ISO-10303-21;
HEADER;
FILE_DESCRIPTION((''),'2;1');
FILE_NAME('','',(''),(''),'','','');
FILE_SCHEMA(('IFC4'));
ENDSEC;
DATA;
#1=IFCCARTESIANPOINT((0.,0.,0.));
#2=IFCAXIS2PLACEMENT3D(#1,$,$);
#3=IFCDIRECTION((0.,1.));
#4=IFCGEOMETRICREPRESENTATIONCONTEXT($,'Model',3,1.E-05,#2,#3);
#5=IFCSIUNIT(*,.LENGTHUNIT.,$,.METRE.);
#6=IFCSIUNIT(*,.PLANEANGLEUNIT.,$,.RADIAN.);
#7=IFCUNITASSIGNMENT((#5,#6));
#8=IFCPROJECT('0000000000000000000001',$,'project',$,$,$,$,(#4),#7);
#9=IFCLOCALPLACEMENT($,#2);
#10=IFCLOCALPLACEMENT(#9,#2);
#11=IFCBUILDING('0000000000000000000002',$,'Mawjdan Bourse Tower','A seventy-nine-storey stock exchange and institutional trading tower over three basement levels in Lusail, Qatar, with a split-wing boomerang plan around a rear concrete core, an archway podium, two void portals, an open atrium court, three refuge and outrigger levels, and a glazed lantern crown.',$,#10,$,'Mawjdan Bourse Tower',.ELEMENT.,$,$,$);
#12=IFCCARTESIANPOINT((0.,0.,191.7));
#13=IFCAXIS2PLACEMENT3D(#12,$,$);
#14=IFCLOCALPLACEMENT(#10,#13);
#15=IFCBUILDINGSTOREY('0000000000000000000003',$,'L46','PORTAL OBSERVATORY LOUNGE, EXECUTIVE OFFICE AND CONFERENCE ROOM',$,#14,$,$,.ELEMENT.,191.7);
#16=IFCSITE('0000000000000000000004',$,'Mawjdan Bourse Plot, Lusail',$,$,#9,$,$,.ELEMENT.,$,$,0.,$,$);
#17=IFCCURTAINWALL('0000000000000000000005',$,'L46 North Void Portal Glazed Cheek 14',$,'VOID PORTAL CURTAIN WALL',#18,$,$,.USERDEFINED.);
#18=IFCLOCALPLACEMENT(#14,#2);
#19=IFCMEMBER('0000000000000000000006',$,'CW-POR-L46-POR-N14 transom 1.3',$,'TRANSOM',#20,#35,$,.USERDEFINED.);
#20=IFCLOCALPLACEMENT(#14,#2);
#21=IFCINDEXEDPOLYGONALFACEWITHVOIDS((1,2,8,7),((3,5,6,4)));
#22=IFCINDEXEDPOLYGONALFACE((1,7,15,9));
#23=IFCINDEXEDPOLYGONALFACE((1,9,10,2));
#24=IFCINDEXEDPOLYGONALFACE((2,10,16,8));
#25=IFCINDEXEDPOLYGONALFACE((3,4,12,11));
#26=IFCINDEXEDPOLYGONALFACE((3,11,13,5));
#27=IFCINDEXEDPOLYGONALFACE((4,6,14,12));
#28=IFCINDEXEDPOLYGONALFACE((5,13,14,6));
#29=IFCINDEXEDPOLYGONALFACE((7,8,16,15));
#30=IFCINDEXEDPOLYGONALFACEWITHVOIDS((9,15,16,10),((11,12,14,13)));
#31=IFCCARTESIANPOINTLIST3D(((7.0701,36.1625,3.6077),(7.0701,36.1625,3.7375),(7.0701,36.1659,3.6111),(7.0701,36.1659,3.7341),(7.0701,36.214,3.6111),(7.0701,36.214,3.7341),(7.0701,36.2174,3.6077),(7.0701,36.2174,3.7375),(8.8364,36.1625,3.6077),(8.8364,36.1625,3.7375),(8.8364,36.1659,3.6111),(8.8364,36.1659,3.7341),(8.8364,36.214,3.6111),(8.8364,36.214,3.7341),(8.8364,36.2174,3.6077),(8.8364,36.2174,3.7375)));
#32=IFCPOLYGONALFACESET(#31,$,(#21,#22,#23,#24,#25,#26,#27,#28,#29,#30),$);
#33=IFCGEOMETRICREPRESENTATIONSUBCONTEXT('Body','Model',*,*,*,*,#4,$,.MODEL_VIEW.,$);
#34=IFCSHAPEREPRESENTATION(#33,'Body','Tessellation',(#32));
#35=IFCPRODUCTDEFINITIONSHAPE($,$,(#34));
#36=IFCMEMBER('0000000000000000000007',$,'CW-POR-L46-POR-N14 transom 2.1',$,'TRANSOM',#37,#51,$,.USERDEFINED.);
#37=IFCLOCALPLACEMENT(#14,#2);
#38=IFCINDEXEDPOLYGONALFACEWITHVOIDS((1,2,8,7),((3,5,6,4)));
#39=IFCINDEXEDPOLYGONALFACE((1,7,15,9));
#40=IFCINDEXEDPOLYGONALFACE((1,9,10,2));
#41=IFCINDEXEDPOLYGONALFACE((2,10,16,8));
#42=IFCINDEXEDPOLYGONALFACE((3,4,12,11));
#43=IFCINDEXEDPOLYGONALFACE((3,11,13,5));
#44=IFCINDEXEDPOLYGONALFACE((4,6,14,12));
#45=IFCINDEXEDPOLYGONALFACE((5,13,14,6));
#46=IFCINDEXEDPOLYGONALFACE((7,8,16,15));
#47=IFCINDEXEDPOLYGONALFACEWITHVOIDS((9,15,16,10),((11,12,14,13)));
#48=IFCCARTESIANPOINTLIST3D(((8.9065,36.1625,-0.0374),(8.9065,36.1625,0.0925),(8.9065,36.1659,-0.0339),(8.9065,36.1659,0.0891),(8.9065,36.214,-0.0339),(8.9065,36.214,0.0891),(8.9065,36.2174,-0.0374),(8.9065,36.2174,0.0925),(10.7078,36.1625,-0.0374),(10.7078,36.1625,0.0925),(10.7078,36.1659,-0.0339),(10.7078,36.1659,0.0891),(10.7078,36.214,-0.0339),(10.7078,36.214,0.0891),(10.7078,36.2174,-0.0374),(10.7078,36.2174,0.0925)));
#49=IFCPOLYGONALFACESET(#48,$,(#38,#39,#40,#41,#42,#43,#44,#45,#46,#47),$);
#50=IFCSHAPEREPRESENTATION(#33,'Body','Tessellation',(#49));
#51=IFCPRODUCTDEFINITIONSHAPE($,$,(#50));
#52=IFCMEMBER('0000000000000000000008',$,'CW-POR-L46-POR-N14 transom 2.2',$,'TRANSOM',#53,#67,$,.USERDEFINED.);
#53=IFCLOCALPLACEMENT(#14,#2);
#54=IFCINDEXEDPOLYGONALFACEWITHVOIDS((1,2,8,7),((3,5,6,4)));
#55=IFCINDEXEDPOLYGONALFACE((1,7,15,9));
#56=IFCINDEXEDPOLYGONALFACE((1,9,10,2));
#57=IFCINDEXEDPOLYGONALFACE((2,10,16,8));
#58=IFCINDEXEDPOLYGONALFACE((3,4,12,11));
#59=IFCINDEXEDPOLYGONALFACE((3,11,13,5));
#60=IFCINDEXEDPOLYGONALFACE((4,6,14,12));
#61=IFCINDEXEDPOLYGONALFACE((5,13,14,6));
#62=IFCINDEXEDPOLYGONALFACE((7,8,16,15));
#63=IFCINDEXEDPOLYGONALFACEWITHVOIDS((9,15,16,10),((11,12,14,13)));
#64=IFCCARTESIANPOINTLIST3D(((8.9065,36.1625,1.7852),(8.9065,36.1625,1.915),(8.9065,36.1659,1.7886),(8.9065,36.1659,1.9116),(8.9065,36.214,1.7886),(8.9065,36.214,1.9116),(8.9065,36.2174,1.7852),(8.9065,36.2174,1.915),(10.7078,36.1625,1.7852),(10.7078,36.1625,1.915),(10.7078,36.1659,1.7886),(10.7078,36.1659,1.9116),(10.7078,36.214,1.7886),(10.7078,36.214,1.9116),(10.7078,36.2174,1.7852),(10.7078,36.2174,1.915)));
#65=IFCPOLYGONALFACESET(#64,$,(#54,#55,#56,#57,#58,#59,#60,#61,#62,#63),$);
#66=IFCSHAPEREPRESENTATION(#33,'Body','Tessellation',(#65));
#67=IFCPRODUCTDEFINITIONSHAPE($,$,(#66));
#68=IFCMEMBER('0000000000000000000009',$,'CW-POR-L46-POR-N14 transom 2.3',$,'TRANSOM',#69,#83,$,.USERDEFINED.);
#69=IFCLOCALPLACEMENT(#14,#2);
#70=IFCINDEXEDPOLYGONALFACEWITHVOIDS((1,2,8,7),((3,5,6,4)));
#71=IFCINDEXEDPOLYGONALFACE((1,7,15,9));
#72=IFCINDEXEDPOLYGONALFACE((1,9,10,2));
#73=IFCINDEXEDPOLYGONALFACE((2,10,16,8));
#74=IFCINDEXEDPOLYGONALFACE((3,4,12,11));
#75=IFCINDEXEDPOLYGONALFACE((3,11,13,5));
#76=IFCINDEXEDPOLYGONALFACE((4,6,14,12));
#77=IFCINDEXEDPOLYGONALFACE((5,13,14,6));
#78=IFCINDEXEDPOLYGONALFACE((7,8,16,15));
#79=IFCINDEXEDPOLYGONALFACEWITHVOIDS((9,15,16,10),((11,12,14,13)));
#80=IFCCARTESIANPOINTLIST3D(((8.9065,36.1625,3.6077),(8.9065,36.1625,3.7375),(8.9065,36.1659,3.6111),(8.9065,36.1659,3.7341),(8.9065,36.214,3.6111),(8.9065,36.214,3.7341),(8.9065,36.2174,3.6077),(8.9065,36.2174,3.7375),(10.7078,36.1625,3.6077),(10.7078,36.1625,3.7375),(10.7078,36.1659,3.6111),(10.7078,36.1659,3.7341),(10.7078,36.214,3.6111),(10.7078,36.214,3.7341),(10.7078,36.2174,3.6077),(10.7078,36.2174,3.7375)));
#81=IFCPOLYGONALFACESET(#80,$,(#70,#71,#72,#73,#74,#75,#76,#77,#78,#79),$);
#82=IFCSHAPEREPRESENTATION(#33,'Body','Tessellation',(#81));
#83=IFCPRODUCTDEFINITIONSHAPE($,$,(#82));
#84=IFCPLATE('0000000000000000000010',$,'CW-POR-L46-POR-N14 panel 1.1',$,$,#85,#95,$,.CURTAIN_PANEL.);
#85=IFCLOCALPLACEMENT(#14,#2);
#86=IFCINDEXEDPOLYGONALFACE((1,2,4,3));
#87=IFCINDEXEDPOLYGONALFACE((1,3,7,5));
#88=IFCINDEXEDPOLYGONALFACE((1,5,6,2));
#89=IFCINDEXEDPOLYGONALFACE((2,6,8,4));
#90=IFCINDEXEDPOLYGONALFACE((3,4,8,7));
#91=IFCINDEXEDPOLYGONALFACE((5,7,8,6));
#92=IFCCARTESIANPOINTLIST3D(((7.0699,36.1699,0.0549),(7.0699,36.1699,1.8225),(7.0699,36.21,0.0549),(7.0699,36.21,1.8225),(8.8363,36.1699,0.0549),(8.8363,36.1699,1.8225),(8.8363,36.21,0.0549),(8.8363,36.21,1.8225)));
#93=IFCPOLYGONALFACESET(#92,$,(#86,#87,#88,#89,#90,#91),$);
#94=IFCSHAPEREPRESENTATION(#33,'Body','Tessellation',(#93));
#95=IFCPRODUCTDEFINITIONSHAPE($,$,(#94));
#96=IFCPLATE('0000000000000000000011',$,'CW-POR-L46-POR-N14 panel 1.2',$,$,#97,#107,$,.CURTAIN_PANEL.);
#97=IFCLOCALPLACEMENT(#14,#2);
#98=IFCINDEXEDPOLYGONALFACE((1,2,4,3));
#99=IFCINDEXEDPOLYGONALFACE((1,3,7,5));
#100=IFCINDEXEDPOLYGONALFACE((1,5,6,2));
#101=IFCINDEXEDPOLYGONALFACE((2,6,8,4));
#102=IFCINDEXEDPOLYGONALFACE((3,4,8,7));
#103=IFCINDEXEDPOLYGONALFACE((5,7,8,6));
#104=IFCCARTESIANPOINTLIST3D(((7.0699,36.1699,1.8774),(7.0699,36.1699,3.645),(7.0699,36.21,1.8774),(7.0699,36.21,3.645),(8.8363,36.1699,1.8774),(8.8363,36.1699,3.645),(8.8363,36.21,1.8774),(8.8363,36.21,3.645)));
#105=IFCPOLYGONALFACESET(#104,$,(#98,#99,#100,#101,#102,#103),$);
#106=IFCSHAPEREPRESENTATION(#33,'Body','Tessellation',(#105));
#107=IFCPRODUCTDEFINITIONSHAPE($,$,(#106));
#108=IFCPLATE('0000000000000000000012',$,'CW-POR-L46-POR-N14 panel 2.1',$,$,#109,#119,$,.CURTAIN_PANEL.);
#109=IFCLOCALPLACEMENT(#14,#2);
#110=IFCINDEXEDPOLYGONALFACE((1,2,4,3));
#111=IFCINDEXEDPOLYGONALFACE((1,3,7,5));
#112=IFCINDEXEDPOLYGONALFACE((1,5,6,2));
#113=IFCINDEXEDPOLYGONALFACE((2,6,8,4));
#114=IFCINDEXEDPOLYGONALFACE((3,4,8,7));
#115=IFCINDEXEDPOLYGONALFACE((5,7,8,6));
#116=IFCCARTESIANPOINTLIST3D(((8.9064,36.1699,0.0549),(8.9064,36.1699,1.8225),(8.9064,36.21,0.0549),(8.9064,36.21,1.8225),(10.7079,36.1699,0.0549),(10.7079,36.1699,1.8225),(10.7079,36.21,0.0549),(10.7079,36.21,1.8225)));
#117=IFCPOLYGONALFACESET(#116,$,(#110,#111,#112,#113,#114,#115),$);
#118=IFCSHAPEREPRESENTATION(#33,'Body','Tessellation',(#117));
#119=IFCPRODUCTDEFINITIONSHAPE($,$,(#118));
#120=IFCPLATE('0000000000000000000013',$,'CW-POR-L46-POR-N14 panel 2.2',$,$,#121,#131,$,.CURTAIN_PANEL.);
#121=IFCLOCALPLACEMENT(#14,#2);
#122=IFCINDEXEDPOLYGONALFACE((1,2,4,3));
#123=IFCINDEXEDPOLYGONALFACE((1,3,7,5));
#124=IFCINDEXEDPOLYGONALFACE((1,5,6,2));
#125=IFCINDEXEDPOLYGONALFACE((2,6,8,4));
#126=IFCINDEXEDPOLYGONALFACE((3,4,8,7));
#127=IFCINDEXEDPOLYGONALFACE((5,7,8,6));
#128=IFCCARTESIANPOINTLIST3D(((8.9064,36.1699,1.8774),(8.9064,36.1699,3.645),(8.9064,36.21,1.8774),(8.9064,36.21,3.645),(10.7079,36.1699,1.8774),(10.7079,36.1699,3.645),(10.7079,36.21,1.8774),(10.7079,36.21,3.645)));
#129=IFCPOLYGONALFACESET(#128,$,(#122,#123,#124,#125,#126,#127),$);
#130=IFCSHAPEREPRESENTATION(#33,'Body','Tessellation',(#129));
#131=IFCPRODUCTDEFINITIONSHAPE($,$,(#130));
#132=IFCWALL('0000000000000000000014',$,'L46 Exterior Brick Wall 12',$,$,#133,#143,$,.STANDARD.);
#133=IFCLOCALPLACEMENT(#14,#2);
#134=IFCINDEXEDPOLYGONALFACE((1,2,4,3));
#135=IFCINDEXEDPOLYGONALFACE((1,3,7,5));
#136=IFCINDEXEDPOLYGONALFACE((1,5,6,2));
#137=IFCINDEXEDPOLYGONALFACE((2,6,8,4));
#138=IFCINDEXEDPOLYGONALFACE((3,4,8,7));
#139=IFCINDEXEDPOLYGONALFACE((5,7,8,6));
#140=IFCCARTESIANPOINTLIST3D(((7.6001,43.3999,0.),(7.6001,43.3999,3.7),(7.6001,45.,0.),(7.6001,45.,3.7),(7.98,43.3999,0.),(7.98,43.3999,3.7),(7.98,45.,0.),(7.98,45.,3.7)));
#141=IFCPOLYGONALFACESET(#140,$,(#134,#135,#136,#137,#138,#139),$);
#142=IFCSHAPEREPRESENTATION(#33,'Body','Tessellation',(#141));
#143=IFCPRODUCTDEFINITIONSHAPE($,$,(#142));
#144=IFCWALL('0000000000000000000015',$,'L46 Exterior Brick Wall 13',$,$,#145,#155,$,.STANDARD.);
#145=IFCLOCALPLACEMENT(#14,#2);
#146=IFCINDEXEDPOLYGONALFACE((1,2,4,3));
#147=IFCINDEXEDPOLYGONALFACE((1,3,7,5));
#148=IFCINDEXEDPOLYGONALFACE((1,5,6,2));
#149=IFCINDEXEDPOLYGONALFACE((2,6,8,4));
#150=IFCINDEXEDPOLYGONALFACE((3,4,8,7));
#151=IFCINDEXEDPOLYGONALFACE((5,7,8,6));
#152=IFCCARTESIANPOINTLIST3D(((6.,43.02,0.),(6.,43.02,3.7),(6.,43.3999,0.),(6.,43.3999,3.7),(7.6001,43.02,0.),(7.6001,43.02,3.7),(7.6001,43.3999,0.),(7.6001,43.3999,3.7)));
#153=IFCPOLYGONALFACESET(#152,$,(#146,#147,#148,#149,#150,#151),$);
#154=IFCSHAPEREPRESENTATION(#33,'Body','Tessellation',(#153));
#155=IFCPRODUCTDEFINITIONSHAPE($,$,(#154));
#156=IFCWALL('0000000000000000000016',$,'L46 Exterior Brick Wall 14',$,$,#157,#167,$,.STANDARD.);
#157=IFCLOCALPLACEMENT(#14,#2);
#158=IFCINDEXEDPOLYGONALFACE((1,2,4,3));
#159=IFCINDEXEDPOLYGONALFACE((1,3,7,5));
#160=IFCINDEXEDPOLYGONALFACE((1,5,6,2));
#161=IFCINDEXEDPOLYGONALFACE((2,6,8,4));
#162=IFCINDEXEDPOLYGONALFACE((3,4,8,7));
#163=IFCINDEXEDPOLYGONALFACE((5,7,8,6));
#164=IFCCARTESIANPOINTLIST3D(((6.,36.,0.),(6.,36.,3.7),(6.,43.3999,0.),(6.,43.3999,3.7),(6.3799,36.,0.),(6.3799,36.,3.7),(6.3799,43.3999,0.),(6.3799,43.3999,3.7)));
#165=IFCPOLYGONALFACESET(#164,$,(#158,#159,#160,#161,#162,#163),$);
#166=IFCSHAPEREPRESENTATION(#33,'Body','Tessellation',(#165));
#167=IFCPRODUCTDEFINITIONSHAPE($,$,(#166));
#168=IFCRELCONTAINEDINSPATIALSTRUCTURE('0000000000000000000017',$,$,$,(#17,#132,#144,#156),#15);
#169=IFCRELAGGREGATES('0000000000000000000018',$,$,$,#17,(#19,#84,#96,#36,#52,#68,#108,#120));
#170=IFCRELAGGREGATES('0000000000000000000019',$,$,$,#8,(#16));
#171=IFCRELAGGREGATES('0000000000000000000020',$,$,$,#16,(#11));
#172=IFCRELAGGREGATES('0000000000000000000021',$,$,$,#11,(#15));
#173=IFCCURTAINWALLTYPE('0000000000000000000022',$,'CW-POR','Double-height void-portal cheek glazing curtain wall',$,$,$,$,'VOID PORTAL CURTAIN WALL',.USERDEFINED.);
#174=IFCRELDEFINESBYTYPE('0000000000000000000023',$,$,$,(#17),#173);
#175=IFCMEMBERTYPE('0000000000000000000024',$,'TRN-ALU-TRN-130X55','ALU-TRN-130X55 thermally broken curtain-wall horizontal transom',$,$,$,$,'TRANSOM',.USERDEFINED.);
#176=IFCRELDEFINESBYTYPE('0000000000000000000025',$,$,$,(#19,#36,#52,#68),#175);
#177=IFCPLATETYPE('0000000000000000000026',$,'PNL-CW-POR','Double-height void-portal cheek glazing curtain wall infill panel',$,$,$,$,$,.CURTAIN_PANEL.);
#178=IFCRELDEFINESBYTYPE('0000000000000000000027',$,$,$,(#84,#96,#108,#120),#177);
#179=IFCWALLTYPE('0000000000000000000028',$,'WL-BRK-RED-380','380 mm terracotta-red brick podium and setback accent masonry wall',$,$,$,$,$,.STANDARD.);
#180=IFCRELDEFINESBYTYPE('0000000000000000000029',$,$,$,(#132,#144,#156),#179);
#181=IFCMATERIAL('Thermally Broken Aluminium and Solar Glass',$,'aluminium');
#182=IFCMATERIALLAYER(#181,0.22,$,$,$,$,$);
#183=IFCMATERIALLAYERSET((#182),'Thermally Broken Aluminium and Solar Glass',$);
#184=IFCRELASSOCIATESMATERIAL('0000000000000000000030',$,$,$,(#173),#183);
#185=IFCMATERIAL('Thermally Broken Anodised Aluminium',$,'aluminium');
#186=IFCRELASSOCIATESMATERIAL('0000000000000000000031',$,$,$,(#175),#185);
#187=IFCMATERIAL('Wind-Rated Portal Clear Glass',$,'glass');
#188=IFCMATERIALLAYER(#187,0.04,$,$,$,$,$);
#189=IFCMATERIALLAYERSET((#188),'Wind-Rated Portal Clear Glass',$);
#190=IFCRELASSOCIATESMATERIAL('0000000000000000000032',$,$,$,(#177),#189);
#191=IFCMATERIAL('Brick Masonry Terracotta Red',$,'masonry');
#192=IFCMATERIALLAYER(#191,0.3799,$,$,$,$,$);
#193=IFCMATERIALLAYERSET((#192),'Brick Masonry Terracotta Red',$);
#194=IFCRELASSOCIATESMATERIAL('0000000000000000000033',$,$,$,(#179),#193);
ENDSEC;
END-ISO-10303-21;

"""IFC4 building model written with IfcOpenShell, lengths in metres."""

from ifc_helpers import new_model, si_unit, direction, frame, frame_2d, origin, origin_2d, place, context, subcontext, project, spatial, rectangle, hollow_rectangle, extrude, material, layer, layer_set, material_profile, profile_set, type_object, element, aggregate, save


model = new_model("IFC4")

# Units and contexts
model_context = context("Model", 3, precision=1e-05, world=origin(), true_north=direction((0.0, 1.0)))
body_context = subcontext(model_context, "Body", "Model", "MODEL_VIEW")
ifc_project = project(units=[si_unit("LENGTHUNIT", "METRE"), si_unit("PLANEANGLEUNIT", "RADIAN")], contexts=[model_context])

# Site, building, storey
site_placement = place(None, origin())
site = spatial("IfcSite", under=ifc_project, at=site_placement, Name="Mawjdan Bourse Plot, Lusail", CompositionType="ELEMENT", RefElevation=0.0)
building_placement = place(site_placement, origin())
building = spatial("IfcBuilding", under=site, at=building_placement, Name="Mawjdan Bourse Tower", Description="A seventy-nine-storey stock exchange and institutional trading tower over three basement levels in Lusail, Qatar, with a split-wing boomerang plan around a rear concrete core, an archway podium, two void portals, an open atrium court, three refuge and outrigger levels, and a glazed lantern crown.", LongName="Mawjdan Bourse Tower", CompositionType="ELEMENT")
storey_placement = place(building_placement, frame((0.0, 0.0, 191.7)))
storey = spatial("IfcBuildingStorey", under=building, at=storey_placement, Name="L46", Description="PORTAL OBSERVATORY LOUNGE, EXECUTIVE OFFICE AND CONFERENCE ROOM", CompositionType="ELEMENT", Elevation=191.7)

# Curtain wall
ifc_material_1 = material(Name="Thermally Broken Aluminium and Solar Glass", Category="aluminium")
ifc_layer_1 = layer(ifc_material_1, 0.22)
ifc_layer_set_1 = layer_set([ifc_layer_1], Name="Thermally Broken Aluminium and Solar Glass")
curtain_wall_type = type_object("IfcCurtainWallType", Name="CW-POR", Description="Double-height void-portal cheek glazing curtain wall", ElementType="VOID PORTAL CURTAIN WALL", PredefinedType="USERDEFINED", material=ifc_layer_set_1)
curtain_wall_placement = place(storey_placement, origin())
curtain_wall = element("IfcCurtainWall", 1, at=curtain_wall_placement, inside=storey, type_object=curtain_wall_type, Name="L46 North Void Portal Glazed Cheek 14", ObjectType="VOID PORTAL CURTAIN WALL", PredefinedType="USERDEFINED")
ifc_material_2 = material(Name="Thermally Broken Anodised Aluminium", Category="aluminium")

# Members
ifc_material_profile_1 = material_profile(ifc_material_2, hollow_rectangle(XDim=0.0549, YDim=0.1299, WallThickness=0.0034, at=origin_2d()), Name="ALU-TRN-130X55")
ifc_profile_set_1 = profile_set([ifc_material_profile_1], Name="Thermally Broken Anodised Aluminium")
member_type_1 = type_object("IfcMemberType", Name="TRN-ALU-TRN-130X55", Description="ALU-TRN-130X55 thermally broken curtain-wall horizontal transom", ElementType="TRANSOM", PredefinedType="USERDEFINED", material=ifc_profile_set_1)
member_1_placement = place(storey_placement, frame((7.0701, 36.1899, 3.6726), z_axis=(1.0, 0.0, 0.0), x_axis=(0.0, 1.0, 0.0)))
member_1 = element("IfcMember", 2, at=member_1_placement, type_object=member_type_1, Name="CW-POR-L46-POR-N14 transom 1.3", ObjectType="TRANSOM", PredefinedType="USERDEFINED", context=body_context, shape_type="SweptSolid", body=[
    extrude(hollow_rectangle(XDim=0.0549, YDim=0.1299, WallThickness=0.0034, at=origin_2d()), origin(), (0.0, 0.0, 1.0), 1.7664),
])
member_2_placement = place(storey_placement, frame((8.9065, 36.1899, 0.0276), z_axis=(1.0, 0.0, 0.0), x_axis=(0.0, 1.0, 0.0)))
member_2 = element("IfcMember", 3, at=member_2_placement, type_object=member_type_1, Name="CW-POR-L46-POR-N14 transom 2.1", ObjectType="TRANSOM", PredefinedType="USERDEFINED", context=body_context, shape_type="SweptSolid", body=[
    extrude(hollow_rectangle(XDim=0.0549, YDim=0.1299, WallThickness=0.0034, at=origin_2d()), origin(), (0.0, 0.0, 1.0), 1.8013),
])
member_3_placement = place(storey_placement, frame((8.9065, 36.1899, 1.8501), z_axis=(1.0, 0.0, 0.0), x_axis=(0.0, 1.0, 0.0)))
member_3 = element("IfcMember", 4, at=member_3_placement, type_object=member_type_1, Name="CW-POR-L46-POR-N14 transom 2.2", ObjectType="TRANSOM", PredefinedType="USERDEFINED", context=body_context, shape_type="SweptSolid", body=[
    extrude(hollow_rectangle(XDim=0.0549, YDim=0.1299, WallThickness=0.0034, at=origin_2d()), origin(), (0.0, 0.0, 1.0), 1.8013),
])
member_4_placement = place(storey_placement, frame((8.9065, 36.1899, 3.6726), z_axis=(1.0, 0.0, 0.0), x_axis=(0.0, 1.0, 0.0)))
member_4 = element("IfcMember", 5, at=member_4_placement, type_object=member_type_1, Name="CW-POR-L46-POR-N14 transom 2.3", ObjectType="TRANSOM", PredefinedType="USERDEFINED", context=body_context, shape_type="SweptSolid", body=[
    extrude(hollow_rectangle(XDim=0.0549, YDim=0.1299, WallThickness=0.0034, at=origin_2d()), origin(), (0.0, 0.0, 1.0), 1.8013),
])

# Plates
ifc_material_3 = material(Name="Wind-Rated Portal Clear Glass", Category="glass")
ifc_layer_2 = layer(ifc_material_3, 0.04)
ifc_layer_set_2 = layer_set([ifc_layer_2], Name="Wind-Rated Portal Clear Glass")
plate_type = type_object("IfcPlateType", Name="PNL-CW-POR", Description="Double-height void-portal cheek glazing curtain wall infill panel", PredefinedType="CURTAIN_PANEL", material=ifc_layer_set_2)
plate_1_placement = place(storey_placement, frame((7.9531, 36.1899, 0.0549), z_axis=(0.0, 0.0, 1.0), x_axis=(1.0, 0.0, 0.0)))
plate_1 = element("IfcPlate", 6, at=plate_1_placement, type_object=plate_type, Name="CW-POR-L46-POR-N14 panel 1.1", PredefinedType="CURTAIN_PANEL", context=body_context, shape_type="SweptSolid", body=[
    extrude(rectangle(XDim=1.7664, YDim=0.04, at=origin_2d()), origin(), (0.0, 0.0, 1.0), 1.7676),
])
plate_2_placement = place(storey_placement, frame((7.9531, 36.1899, 1.8774), z_axis=(0.0, 0.0, 1.0), x_axis=(1.0, 0.0, 0.0)))
plate_2 = element("IfcPlate", 7, at=plate_2_placement, type_object=plate_type, Name="CW-POR-L46-POR-N14 panel 1.2", PredefinedType="CURTAIN_PANEL", context=body_context, shape_type="SweptSolid", body=[
    extrude(rectangle(XDim=1.7664, YDim=0.04, at=origin_2d()), origin(), (0.0, 0.0, 1.0), 1.7676),
])
plate_3_placement = place(storey_placement, frame((9.8071, 36.1899, 0.0549), z_axis=(0.0, 0.0, 1.0), x_axis=(1.0, 0.0, 0.0)))
plate_3 = element("IfcPlate", 8, at=plate_3_placement, type_object=plate_type, Name="CW-POR-L46-POR-N14 panel 2.1", PredefinedType="CURTAIN_PANEL", context=body_context, shape_type="SweptSolid", body=[
    extrude(rectangle(XDim=1.8015, YDim=0.04, at=origin_2d()), origin(), (0.0, 0.0, 1.0), 1.7676),
])
plate_4_placement = place(storey_placement, frame((9.8071, 36.1899, 1.8774), z_axis=(0.0, 0.0, 1.0), x_axis=(1.0, 0.0, 0.0)))
plate_4 = element("IfcPlate", 9, at=plate_4_placement, type_object=plate_type, Name="CW-POR-L46-POR-N14 panel 2.2", PredefinedType="CURTAIN_PANEL", context=body_context, shape_type="SweptSolid", body=[
    extrude(rectangle(XDim=1.8015, YDim=0.04, at=origin_2d()), origin(), (0.0, 0.0, 1.0), 1.7676),
])
aggregate(curtain_wall, [member_1, plate_1, plate_2, member_2, member_3, member_4, plate_3, plate_4])

# Walls
ifc_material_4 = material(Name="Brick Masonry Terracotta Red", Category="masonry")
ifc_layer_3 = layer(ifc_material_4, 0.3799)
ifc_layer_set_3 = layer_set([ifc_layer_3], Name="Brick Masonry Terracotta Red")
wall_type_1 = type_object("IfcWallType", Name="WL-BRK-RED-380", Description="380 mm terracotta-red brick podium and setback accent masonry wall", PredefinedType="STANDARD", material=ifc_layer_set_3)
for number, where, z_axis, x_axis, name in (
    (10, (7.79, 45.0, 0.0), (0.0, 0.0, 1.0), (0.0, -1.0, 0.0), "L46 Exterior Brick Wall 12"),
    (11, (7.6001, 43.21, 0.0), (0.0, 0.0, 1.0), (-1.0, 0.0, 0.0), "L46 Exterior Brick Wall 13"),
):
    element("IfcWall", number, at=place(storey_placement, frame(where, z_axis=z_axis, x_axis=x_axis)), inside=storey, type_object=wall_type_1, Name=name, PredefinedType="STANDARD", context=body_context, shape_type="SweptSolid", body=[
        extrude(rectangle(XDim=1.6001, YDim=0.3799, at=frame_2d((0.8, 0.0))), origin(), (0.0, 0.0, 1.0), 3.7),
    ])
wall_1_placement = place(storey_placement, frame((6.1899, 43.3999, 0.0), z_axis=(0.0, 0.0, 1.0), x_axis=(0.0, -1.0, 0.0)))
element("IfcWall", 12, at=wall_1_placement, inside=storey, type_object=wall_type_1, Name="L46 Exterior Brick Wall 14", PredefinedType="STANDARD", context=body_context, shape_type="SweptSolid", body=[
    extrude(rectangle(XDim=7.3999, YDim=0.3799, at=frame_2d((3.7, 0.0))), origin(), (0.0, 0.0, 1.0), 3.7),
])

save(model, "model.ifc")
